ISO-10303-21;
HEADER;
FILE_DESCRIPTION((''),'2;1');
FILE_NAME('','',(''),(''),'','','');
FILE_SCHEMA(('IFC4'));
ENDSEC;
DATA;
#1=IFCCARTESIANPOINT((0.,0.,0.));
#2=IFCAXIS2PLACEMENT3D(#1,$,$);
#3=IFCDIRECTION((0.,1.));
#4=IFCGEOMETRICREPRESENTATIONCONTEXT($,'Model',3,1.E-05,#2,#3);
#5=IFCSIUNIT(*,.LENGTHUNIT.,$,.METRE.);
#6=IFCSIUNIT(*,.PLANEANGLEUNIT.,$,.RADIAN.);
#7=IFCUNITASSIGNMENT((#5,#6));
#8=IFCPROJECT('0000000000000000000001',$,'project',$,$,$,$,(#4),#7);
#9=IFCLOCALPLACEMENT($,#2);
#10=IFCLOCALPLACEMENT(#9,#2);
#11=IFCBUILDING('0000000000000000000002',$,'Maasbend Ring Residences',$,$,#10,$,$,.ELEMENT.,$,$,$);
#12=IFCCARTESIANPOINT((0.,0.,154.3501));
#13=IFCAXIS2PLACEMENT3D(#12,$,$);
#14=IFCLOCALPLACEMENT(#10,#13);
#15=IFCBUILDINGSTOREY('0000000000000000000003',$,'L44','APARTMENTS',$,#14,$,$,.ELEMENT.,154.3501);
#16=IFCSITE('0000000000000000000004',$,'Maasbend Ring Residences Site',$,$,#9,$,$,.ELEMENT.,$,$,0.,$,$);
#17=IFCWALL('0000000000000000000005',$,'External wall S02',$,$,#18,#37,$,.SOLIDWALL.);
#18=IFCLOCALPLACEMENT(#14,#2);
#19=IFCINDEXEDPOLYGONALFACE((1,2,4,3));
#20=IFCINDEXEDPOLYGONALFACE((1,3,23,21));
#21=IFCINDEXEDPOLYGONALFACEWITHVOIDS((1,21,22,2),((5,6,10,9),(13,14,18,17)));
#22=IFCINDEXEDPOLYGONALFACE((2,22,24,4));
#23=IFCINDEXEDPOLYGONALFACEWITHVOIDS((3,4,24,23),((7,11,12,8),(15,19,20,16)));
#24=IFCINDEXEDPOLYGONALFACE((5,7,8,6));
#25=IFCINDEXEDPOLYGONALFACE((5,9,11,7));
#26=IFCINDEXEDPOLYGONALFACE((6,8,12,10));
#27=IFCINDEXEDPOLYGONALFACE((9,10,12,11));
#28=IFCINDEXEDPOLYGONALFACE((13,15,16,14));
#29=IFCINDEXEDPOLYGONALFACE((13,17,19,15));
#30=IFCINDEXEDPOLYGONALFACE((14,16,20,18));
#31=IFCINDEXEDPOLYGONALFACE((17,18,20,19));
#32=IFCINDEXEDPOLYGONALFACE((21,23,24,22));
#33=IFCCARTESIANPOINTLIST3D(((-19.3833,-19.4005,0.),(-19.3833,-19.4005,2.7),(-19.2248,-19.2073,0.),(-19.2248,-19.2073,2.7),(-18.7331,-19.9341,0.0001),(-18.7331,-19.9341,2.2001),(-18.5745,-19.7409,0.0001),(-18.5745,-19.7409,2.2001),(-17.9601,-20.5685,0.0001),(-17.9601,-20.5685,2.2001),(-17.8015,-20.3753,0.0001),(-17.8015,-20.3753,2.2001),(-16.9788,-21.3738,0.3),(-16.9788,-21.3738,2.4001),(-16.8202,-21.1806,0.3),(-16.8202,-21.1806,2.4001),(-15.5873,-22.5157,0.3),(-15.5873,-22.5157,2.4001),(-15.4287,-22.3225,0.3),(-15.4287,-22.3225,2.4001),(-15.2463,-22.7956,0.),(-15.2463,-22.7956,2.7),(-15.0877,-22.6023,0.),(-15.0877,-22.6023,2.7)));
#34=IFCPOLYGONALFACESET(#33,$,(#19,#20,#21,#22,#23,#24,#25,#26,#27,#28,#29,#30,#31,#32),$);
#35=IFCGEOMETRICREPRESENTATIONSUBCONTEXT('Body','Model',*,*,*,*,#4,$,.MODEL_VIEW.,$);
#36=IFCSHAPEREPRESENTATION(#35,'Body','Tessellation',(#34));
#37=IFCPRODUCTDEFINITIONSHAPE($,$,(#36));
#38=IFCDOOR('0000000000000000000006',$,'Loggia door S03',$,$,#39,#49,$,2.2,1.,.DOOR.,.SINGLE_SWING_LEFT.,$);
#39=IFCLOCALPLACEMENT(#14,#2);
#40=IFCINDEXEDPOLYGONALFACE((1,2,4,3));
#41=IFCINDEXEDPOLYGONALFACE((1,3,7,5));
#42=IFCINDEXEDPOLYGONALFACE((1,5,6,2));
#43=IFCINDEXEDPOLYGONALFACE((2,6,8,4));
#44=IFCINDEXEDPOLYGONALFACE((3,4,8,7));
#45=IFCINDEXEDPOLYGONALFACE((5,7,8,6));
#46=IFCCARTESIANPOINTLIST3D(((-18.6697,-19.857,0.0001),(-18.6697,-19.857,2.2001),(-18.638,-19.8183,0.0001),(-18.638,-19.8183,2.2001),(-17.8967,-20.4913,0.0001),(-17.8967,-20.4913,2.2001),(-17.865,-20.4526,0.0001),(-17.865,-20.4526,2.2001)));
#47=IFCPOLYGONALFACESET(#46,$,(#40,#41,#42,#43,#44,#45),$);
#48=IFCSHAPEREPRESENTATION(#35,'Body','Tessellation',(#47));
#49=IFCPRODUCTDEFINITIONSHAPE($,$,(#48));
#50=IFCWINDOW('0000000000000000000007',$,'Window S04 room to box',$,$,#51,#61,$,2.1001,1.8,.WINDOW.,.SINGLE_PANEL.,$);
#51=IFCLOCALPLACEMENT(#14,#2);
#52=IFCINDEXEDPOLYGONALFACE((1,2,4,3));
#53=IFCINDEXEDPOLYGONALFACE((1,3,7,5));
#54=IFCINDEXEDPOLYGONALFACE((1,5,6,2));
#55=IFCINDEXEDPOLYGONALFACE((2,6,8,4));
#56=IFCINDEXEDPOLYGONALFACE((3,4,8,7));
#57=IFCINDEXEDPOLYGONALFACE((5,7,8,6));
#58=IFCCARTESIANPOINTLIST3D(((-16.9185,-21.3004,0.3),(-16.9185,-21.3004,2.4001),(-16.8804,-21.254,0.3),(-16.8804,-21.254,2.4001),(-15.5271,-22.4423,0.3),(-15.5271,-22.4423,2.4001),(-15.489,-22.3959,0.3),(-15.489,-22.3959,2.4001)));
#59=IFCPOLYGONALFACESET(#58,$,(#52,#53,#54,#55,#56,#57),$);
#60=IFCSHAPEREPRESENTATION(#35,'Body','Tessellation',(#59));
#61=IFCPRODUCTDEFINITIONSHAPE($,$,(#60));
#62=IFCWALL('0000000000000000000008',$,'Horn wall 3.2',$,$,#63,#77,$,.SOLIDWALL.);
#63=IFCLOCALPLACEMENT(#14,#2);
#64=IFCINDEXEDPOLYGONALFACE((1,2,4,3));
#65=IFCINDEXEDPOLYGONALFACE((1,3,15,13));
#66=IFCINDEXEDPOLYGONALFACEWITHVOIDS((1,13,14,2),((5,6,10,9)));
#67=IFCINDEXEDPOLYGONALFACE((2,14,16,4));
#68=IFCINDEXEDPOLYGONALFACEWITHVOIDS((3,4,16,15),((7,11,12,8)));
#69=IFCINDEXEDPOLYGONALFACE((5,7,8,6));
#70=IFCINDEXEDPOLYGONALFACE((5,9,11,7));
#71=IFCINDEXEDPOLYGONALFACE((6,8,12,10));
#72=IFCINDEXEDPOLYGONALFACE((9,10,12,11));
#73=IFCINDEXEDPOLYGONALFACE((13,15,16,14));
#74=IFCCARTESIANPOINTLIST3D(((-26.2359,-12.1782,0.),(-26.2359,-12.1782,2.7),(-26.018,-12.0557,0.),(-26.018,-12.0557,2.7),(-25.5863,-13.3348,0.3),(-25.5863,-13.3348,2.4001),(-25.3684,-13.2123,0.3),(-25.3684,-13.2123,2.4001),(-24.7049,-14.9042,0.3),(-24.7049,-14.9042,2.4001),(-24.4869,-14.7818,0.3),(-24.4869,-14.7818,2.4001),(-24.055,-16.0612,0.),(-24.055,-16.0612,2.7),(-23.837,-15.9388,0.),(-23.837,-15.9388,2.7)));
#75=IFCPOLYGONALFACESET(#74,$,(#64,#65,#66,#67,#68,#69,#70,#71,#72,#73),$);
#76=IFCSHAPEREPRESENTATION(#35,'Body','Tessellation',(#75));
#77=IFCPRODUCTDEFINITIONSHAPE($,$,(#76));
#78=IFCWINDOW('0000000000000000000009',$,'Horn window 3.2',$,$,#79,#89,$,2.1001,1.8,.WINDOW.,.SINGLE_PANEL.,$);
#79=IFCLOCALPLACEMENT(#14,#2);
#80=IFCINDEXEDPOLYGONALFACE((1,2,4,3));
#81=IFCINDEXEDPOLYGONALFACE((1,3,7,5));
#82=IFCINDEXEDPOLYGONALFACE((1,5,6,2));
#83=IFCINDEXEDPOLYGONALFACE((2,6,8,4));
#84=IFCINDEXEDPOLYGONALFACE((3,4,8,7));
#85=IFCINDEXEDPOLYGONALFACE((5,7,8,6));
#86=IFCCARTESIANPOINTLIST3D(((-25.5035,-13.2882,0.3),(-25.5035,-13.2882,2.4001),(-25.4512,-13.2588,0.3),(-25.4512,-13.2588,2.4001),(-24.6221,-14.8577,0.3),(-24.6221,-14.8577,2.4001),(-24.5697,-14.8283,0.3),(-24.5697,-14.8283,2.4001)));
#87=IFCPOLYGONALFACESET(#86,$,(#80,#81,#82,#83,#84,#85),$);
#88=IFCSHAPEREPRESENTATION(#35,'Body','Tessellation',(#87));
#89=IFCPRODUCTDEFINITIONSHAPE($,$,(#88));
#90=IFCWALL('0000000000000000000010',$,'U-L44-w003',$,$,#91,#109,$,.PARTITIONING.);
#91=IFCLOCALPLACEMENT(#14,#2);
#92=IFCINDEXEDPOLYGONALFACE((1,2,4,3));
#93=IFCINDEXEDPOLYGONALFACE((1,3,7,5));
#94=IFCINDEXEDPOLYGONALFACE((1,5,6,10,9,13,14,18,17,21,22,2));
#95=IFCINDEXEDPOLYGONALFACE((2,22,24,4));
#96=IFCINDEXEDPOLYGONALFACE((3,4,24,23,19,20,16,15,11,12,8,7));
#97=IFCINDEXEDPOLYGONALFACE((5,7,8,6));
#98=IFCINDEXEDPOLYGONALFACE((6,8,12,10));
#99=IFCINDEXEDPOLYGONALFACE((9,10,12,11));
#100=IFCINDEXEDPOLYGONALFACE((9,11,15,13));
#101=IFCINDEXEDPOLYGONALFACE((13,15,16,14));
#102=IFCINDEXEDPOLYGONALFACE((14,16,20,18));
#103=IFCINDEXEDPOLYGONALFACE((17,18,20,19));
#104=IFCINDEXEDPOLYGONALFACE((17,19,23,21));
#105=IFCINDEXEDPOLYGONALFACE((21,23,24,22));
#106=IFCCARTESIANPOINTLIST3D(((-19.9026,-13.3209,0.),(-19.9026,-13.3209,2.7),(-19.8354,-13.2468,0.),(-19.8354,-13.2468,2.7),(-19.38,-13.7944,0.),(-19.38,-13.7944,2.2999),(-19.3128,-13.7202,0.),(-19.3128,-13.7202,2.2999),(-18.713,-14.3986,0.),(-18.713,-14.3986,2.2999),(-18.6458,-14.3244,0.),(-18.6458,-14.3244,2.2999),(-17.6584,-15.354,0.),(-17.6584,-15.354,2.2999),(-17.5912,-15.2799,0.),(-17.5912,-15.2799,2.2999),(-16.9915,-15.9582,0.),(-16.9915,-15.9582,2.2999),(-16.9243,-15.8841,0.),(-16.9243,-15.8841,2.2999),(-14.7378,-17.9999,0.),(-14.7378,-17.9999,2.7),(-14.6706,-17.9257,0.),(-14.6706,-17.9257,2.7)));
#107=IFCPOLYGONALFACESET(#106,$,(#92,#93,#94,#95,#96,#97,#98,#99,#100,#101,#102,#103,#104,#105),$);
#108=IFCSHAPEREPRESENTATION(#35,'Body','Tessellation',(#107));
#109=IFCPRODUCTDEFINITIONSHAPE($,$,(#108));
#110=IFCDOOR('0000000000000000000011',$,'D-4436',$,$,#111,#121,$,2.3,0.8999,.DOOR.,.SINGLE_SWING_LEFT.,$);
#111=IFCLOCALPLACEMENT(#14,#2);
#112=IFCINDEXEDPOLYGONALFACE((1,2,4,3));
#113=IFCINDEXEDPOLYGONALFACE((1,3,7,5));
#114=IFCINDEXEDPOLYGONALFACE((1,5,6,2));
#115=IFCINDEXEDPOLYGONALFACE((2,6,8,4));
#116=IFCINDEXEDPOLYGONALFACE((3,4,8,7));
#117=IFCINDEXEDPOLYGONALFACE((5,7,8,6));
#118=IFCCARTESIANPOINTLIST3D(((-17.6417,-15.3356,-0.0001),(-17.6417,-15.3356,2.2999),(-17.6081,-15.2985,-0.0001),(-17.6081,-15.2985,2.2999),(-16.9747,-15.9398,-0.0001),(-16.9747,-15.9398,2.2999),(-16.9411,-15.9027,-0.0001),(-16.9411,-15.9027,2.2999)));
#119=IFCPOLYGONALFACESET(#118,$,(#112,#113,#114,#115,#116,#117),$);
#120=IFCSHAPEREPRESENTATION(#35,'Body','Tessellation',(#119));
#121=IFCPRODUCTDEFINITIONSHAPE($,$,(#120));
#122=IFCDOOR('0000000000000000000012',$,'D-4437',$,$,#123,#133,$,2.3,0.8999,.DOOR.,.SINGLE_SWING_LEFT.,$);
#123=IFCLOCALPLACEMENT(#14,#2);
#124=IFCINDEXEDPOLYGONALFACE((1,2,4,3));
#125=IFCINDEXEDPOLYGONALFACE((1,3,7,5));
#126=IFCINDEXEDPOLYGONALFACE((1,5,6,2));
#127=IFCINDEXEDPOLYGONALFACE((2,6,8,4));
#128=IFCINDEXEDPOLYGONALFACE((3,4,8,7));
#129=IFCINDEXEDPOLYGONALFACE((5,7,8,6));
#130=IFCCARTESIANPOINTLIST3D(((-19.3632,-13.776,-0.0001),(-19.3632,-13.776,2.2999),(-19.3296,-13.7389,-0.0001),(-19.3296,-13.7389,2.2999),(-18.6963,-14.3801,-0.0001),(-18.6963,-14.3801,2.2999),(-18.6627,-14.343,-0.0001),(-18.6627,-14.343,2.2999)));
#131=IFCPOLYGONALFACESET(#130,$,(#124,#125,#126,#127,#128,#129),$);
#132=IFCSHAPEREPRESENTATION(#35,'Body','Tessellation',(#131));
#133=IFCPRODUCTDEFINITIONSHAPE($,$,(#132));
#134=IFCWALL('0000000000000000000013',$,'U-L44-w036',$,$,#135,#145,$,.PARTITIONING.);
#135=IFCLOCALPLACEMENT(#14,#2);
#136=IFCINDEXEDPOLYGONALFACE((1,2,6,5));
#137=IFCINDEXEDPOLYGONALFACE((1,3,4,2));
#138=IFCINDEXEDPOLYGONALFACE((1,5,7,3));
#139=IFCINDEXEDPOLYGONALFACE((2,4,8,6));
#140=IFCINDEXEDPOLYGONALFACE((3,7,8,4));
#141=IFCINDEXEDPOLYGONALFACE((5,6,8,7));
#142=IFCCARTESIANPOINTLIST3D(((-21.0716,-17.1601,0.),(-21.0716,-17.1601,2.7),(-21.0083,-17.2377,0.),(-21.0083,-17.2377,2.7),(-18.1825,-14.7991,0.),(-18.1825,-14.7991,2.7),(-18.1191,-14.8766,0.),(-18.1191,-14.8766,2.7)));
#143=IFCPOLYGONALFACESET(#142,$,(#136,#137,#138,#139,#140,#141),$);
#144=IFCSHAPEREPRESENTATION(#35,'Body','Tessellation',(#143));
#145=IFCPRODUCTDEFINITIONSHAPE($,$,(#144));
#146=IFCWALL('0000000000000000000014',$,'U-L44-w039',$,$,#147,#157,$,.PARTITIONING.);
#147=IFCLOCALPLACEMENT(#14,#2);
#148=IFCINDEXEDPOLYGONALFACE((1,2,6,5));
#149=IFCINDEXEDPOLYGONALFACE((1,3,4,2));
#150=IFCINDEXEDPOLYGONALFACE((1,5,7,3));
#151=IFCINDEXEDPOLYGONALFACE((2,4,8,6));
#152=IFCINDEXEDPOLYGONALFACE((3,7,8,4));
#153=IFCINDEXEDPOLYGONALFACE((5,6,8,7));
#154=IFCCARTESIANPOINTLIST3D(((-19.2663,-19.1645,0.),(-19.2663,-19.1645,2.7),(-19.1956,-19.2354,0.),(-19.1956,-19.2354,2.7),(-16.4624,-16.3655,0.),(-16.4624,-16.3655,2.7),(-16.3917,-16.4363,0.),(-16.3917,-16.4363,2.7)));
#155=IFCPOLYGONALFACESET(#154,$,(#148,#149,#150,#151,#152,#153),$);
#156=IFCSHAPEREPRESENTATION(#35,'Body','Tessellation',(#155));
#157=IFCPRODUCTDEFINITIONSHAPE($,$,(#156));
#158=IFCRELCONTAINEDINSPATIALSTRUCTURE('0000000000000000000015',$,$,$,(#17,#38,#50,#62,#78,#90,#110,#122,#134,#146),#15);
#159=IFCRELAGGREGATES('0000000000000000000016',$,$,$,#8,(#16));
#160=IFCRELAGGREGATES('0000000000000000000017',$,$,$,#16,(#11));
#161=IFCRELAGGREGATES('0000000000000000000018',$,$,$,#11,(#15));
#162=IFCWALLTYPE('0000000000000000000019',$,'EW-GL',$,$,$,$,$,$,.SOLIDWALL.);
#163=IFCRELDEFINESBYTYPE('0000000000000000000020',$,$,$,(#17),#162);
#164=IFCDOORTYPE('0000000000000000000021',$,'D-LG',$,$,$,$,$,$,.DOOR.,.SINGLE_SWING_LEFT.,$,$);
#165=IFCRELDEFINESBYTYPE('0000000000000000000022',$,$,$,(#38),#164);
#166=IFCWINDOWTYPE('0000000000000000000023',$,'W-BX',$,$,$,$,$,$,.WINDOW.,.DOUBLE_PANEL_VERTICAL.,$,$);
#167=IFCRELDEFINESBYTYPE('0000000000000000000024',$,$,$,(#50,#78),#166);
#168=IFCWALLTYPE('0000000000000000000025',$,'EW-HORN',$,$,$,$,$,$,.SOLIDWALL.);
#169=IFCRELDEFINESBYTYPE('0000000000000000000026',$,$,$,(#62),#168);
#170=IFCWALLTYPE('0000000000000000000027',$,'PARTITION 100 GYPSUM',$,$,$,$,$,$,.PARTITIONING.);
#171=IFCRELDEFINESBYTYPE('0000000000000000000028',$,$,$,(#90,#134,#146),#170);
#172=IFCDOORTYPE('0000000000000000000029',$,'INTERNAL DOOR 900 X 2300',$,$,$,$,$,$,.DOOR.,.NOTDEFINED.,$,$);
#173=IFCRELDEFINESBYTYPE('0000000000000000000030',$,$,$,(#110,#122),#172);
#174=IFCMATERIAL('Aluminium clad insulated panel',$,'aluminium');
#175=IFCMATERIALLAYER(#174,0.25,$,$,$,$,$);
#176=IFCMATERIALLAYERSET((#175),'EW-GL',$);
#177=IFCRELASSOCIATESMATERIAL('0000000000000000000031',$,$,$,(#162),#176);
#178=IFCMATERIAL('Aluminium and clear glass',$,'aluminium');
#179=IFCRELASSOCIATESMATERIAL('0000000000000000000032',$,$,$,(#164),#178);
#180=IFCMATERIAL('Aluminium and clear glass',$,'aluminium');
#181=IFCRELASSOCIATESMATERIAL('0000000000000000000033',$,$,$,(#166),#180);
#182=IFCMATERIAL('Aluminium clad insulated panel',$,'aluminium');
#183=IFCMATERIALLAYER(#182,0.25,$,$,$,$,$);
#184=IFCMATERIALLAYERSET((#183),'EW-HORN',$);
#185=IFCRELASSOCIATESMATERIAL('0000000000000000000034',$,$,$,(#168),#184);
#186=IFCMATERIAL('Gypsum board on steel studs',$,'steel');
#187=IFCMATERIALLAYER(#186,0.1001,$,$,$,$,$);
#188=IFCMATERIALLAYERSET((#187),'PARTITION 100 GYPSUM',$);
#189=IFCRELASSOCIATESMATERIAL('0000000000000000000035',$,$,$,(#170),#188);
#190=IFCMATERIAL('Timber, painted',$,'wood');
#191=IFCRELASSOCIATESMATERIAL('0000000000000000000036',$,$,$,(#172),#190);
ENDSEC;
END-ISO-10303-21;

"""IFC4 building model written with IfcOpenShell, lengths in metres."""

from ifc_helpers import new_model, si_unit, direction, frame, frame_2d, origin, place, context, subcontext, project, spatial, rectangle, extrude, material, layer, layer_set, type_object, element, fill, save


model = new_model("IFC4")

# Units and contexts
model_context = context("Model", 3, precision=1e-05, world=origin(), true_north=direction((0.0, 1.0)))
body_context = subcontext(model_context, "Body", "Model", "MODEL_VIEW")
ifc_project = project(units=[si_unit("LENGTHUNIT", "METRE"), si_unit("PLANEANGLEUNIT", "RADIAN")], contexts=[model_context])

# Site, building, storey
site_placement = place(None, origin())
site = spatial("IfcSite", under=ifc_project, at=site_placement, Name="Maasbend Ring Residences Site", CompositionType="ELEMENT", RefElevation=0.0)
building_placement = place(site_placement, origin())
building = spatial("IfcBuilding", under=site, at=building_placement, Name="Maasbend Ring Residences", CompositionType="ELEMENT")
storey_placement = place(building_placement, frame((0.0, 0.0, 154.3501)))
storey = spatial("IfcBuildingStorey", under=building, at=storey_placement, Name="L44", Description="APARTMENTS", CompositionType="ELEMENT", Elevation=154.3501)

# Wall, openings, door, window
ifc_material_1 = material(Name="Aluminium clad insulated panel", Category="aluminium")
ifc_layer_1 = layer(ifc_material_1, 0.25)
ifc_layer_set_1 = layer_set([ifc_layer_1], Name="EW-GL")
wall_type_1 = type_object("IfcWallType", Name="EW-GL", PredefinedType="SOLIDWALL", material=ifc_layer_set_1)
ifc_material_2 = material(Name="Aluminium and clear glass", Category="aluminium")
door_type_1 = type_object("IfcDoorType", Name="D-LG", OperationType="SINGLE_SWING_LEFT", PredefinedType="DOOR", material=ifc_material_2)
ifc_material_3 = material(Name="Aluminium and clear glass", Category="aluminium")
window_type_1 = type_object("IfcWindowType", Name="W-BX", PartitioningType="DOUBLE_PANEL_VERTICAL", PredefinedType="WINDOW", material=ifc_material_3)
wall_1_placement = place(storey_placement, frame((-19.304, -19.304, 0.0), z_axis=(0.0, 0.0, 1.0), x_axis=(0.773019, -0.634382, 0.0)))
wall_1 = element("IfcWall", 1, at=wall_1_placement, inside=storey, type_object=wall_type_1, Name="External wall S02", PredefinedType="SOLIDWALL", context=body_context, shape_type="SweptSolid", body=[
    extrude(rectangle(XDim=5.3518, YDim=0.25, at=frame_2d((2.6758, 0.0))), origin(), (0.0, 0.0, 1.0), 2.7),
])
opening_1_placement = place(wall_1_placement, frame((0.8411, 0.0, 0.0)))
opening_1 = element("IfcOpeningElement", 2, at=opening_1_placement, cuts=wall_1, PredefinedType="OPENING", context=body_context, shape_type="SweptSolid", body=[
    extrude(rectangle(XDim=1.0, YDim=2.2, at=frame_2d((0.5, 1.1001))), frame((0.0, 0.135, 0.0), z_axis=(0.0, -1.0, 0.0), x_axis=(1.0, 0.0, 0.0)), (0.0, 0.0, 1.0), 0.27),
])
opening_2_placement = place(wall_1_placement, frame((3.1106, 0.0, 0.3)))
opening_2 = element("IfcOpeningElement", 3, at=opening_2_placement, cuts=wall_1, PredefinedType="OPENING", context=body_context, shape_type="SweptSolid", body=[
    extrude(rectangle(XDim=1.8, YDim=2.1001, at=frame_2d((0.8999, 1.05))), frame((0.0, 0.135, 0.0), z_axis=(0.0, -1.0, 0.0), x_axis=(1.0, 0.0, 0.0)), (0.0, 0.0, 1.0), 0.27),
])
door_1_placement = place(opening_1_placement, origin())
door_1 = element("IfcDoor", 4, at=door_1_placement, inside=storey, type_object=door_type_1, Name="Loggia door S03", OperationType="SINGLE_SWING_LEFT", OverallHeight=2.2, OverallWidth=1.0, PredefinedType="DOOR", context=body_context, shape_type="SweptSolid", body=[
    extrude(rectangle(XDim=1.0, YDim=2.2, at=frame_2d((0.5, 1.1001))), frame((0.0, 0.0249, 0.0), z_axis=(0.0, -1.0, 0.0), x_axis=(1.0, 0.0, 0.0)), (0.0, 0.0, 1.0), 0.05),
])
fill(opening_1, door_1)
window_1_placement = place(opening_2_placement, origin())
window_1 = element("IfcWindow", 5, at=window_1_placement, inside=storey, type_object=window_type_1, Name="Window S04 room to box", OverallHeight=2.1001, OverallWidth=1.8, PartitioningType="SINGLE_PANEL", PredefinedType="WINDOW", context=body_context, shape_type="SweptSolid", body=[
    extrude(rectangle(XDim=1.8, YDim=2.1001, at=frame_2d((0.8999, 1.05))), frame((0.0, 0.03, 0.0), z_axis=(0.0, -1.0, 0.0), x_axis=(1.0, 0.0, 0.0)), (0.0, 0.0, 1.0), 0.0601),
])
fill(opening_2, window_1)

# Wall, opening, window
ifc_material_4 = material(Name="Aluminium clad insulated panel", Category="aluminium")
ifc_layer_2 = layer(ifc_material_4, 0.25)
ifc_layer_set_2 = layer_set([ifc_layer_2], Name="EW-HORN")
wall_type_2 = type_object("IfcWallType", Name="EW-HORN", PredefinedType="SOLIDWALL", material=ifc_layer_set_2)
wall_2_placement = place(storey_placement, frame((-26.127, -12.1169, 0.0), z_axis=(0.0, 0.0, 1.0), x_axis=(0.489696, -0.871893, 0.0)))
wall_2 = element("IfcWall", 6, at=wall_2_placement, inside=storey, type_object=wall_type_2, Name="Horn wall 3.2", PredefinedType="SOLIDWALL", context=body_context, shape_type="SweptSolid", body=[
    extrude(rectangle(XDim=4.4536, YDim=0.25, at=frame_2d((2.2268, 0.0))), origin(), (0.0, 0.0, 1.0), 2.7),
])
opening_3_placement = place(wall_2_placement, frame((1.3267, 0.0, 0.3)))
opening_3 = element("IfcOpeningElement", 7, at=opening_3_placement, cuts=wall_2, PredefinedType="OPENING", context=body_context, shape_type="SweptSolid", body=[
    extrude(rectangle(XDim=1.8, YDim=2.1001, at=frame_2d((0.8999, 1.05))), frame((0.0, 0.135, 0.0), z_axis=(0.0, -1.0, 0.0), x_axis=(1.0, 0.0, 0.0)), (0.0, 0.0, 1.0), 0.27),
])
window_2_placement = place(opening_3_placement, origin())
window_2 = element("IfcWindow", 8, at=window_2_placement, inside=storey, type_object=window_type_1, Name="Horn window 3.2", OverallHeight=2.1001, OverallWidth=1.8, PartitioningType="SINGLE_PANEL", PredefinedType="WINDOW", context=body_context, shape_type="SweptSolid", body=[
    extrude(rectangle(XDim=1.8, YDim=2.1001, at=frame_2d((0.8999, 1.05))), frame((0.0, 0.03, 0.0), z_axis=(0.0, -1.0, 0.0), x_axis=(1.0, 0.0, 0.0)), (0.0, 0.0, 1.0), 0.0601),
])
fill(opening_3, window_2)

# Wall, openings, doors
ifc_material_5 = material(Name="Gypsum board on steel studs", Category="steel")
ifc_layer_3 = layer(ifc_material_5, 0.1001)
ifc_layer_set_3 = layer_set([ifc_layer_3], Name="PARTITION 100 GYPSUM")
wall_type_3 = type_object("IfcWallType", Name="PARTITION 100 GYPSUM", PredefinedType="PARTITIONING", material=ifc_layer_set_3)
wall_3_placement = place(storey_placement, frame((-19.8689, -13.2839, 0.0), z_axis=(0.0, 0.0, 1.0), x_axis=(0.741104, -0.67139, 0.0)))
wall_3 = element("IfcWall", 9, at=wall_3_placement, inside=storey, type_object=wall_type_3, Name="U-L44-w003", PredefinedType="PARTITIONING", context=body_context, shape_type="SweptSolid", body=[
    extrude(rectangle(XDim=6.969, YDim=0.1001, at=frame_2d((3.4844, 0.0))), origin(), (0.0, 0.0, 1.0), 2.7),
])
opening_4_placement = place(wall_3_placement, frame((3.0281, 0.0, 0.0)))
opening_4 = element("IfcOpeningElement", 10, at=opening_4_placement, cuts=wall_3, PredefinedType="OPENING", context=body_context, shape_type="SweptSolid", body=[
    extrude(rectangle(XDim=0.8999, YDim=2.3, at=frame_2d((0.45, 1.1499))), frame((0.0, 0.0601, 0.0), z_axis=(0.0, -1.0, 0.0), x_axis=(1.0, 0.0, 0.0)), (0.0, 0.0, 1.0), 0.1201),
])
opening_5_placement = place(wall_3_placement, frame((0.7051, 0.0, 0.0)))
opening_5 = element("IfcOpeningElement", 11, at=opening_5_placement, cuts=wall_3, PredefinedType="OPENING", context=body_context, shape_type="SweptSolid", body=[
    extrude(rectangle(XDim=0.8999, YDim=2.3, at=frame_2d((0.45, 1.1499))), frame((0.0, 0.0601, 0.0), z_axis=(0.0, -1.0, 0.0), x_axis=(1.0, 0.0, 0.0)), (0.0, 0.0, 1.0), 0.1201),
])
ifc_material_6 = material(Name="Timber, painted", Category="wood")
door_type_2 = type_object("IfcDoorType", Name="INTERNAL DOOR 900 X 2300", OperationType="NOTDEFINED", PredefinedType="DOOR", material=ifc_material_6)
door_2_placement = place(opening_4_placement, origin())
door_2 = element("IfcDoor", 12, at=door_2_placement, inside=storey, type_object=door_type_2, Name="D-4436", OperationType="SINGLE_SWING_LEFT", OverallHeight=2.3, OverallWidth=0.8999, PredefinedType="DOOR", context=body_context, shape_type="SweptSolid", body=[
    extrude(rectangle(XDim=0.8999, YDim=2.3, at=frame_2d((0.45, 1.1499))), frame((0.0, 0.0249, 0.0), z_axis=(0.0, -1.0, 0.0), x_axis=(1.0, 0.0, 0.0)), (0.0, 0.0, 1.0), 0.05),
])
fill(opening_4, door_2)
door_3_placement = place(opening_5_placement, origin())
door_3 = element("IfcDoor", 13, at=door_3_placement, inside=storey, type_object=door_type_2, Name="D-4437", OperationType="SINGLE_SWING_LEFT", OverallHeight=2.3, OverallWidth=0.8999, PredefinedType="DOOR", context=body_context, shape_type="SweptSolid", body=[
    extrude(rectangle(XDim=0.8999, YDim=2.3, at=frame_2d((0.45, 1.1499))), frame((0.0, 0.0249, 0.0), z_axis=(0.0, -1.0, 0.0), x_axis=(1.0, 0.0, 0.0)), (0.0, 0.0, 1.0), 0.05),
])
fill(opening_5, door_3)

# Walls
wall_4_placement = place(storey_placement, frame((-21.04, -17.199, 0.0), z_axis=(0.0, 0.0, 1.0), x_axis=(0.774322, 0.632792, 0.0)))
element("IfcWall", 14, at=wall_4_placement, inside=storey, type_object=wall_type_3, Name="U-L44-w036", PredefinedType="PARTITIONING", context=body_context, shape_type="SweptSolid", body=[
    extrude(rectangle(XDim=3.7312, YDim=0.1001, at=frame_2d((1.8657, 0.0))), origin(), (0.0, 0.0, 1.0), 2.7),
])
wall_5_placement = place(storey_placement, frame((-19.231, -19.2, 0.0), z_axis=(0.0, 0.0, 1.0), x_axis=(0.707723, 0.70649, 0.0)))
element("IfcWall", 15, at=wall_5_placement, inside=storey, type_object=wall_type_3, Name="U-L44-w039", PredefinedType="PARTITIONING", context=body_context, shape_type="SweptSolid", body=[
    extrude(rectangle(XDim=3.9619, YDim=0.1001, at=frame_2d((1.981, 0.0))), origin(), (0.0, 0.0, 1.0), 2.7),
])

save(model, "model.ifc")
